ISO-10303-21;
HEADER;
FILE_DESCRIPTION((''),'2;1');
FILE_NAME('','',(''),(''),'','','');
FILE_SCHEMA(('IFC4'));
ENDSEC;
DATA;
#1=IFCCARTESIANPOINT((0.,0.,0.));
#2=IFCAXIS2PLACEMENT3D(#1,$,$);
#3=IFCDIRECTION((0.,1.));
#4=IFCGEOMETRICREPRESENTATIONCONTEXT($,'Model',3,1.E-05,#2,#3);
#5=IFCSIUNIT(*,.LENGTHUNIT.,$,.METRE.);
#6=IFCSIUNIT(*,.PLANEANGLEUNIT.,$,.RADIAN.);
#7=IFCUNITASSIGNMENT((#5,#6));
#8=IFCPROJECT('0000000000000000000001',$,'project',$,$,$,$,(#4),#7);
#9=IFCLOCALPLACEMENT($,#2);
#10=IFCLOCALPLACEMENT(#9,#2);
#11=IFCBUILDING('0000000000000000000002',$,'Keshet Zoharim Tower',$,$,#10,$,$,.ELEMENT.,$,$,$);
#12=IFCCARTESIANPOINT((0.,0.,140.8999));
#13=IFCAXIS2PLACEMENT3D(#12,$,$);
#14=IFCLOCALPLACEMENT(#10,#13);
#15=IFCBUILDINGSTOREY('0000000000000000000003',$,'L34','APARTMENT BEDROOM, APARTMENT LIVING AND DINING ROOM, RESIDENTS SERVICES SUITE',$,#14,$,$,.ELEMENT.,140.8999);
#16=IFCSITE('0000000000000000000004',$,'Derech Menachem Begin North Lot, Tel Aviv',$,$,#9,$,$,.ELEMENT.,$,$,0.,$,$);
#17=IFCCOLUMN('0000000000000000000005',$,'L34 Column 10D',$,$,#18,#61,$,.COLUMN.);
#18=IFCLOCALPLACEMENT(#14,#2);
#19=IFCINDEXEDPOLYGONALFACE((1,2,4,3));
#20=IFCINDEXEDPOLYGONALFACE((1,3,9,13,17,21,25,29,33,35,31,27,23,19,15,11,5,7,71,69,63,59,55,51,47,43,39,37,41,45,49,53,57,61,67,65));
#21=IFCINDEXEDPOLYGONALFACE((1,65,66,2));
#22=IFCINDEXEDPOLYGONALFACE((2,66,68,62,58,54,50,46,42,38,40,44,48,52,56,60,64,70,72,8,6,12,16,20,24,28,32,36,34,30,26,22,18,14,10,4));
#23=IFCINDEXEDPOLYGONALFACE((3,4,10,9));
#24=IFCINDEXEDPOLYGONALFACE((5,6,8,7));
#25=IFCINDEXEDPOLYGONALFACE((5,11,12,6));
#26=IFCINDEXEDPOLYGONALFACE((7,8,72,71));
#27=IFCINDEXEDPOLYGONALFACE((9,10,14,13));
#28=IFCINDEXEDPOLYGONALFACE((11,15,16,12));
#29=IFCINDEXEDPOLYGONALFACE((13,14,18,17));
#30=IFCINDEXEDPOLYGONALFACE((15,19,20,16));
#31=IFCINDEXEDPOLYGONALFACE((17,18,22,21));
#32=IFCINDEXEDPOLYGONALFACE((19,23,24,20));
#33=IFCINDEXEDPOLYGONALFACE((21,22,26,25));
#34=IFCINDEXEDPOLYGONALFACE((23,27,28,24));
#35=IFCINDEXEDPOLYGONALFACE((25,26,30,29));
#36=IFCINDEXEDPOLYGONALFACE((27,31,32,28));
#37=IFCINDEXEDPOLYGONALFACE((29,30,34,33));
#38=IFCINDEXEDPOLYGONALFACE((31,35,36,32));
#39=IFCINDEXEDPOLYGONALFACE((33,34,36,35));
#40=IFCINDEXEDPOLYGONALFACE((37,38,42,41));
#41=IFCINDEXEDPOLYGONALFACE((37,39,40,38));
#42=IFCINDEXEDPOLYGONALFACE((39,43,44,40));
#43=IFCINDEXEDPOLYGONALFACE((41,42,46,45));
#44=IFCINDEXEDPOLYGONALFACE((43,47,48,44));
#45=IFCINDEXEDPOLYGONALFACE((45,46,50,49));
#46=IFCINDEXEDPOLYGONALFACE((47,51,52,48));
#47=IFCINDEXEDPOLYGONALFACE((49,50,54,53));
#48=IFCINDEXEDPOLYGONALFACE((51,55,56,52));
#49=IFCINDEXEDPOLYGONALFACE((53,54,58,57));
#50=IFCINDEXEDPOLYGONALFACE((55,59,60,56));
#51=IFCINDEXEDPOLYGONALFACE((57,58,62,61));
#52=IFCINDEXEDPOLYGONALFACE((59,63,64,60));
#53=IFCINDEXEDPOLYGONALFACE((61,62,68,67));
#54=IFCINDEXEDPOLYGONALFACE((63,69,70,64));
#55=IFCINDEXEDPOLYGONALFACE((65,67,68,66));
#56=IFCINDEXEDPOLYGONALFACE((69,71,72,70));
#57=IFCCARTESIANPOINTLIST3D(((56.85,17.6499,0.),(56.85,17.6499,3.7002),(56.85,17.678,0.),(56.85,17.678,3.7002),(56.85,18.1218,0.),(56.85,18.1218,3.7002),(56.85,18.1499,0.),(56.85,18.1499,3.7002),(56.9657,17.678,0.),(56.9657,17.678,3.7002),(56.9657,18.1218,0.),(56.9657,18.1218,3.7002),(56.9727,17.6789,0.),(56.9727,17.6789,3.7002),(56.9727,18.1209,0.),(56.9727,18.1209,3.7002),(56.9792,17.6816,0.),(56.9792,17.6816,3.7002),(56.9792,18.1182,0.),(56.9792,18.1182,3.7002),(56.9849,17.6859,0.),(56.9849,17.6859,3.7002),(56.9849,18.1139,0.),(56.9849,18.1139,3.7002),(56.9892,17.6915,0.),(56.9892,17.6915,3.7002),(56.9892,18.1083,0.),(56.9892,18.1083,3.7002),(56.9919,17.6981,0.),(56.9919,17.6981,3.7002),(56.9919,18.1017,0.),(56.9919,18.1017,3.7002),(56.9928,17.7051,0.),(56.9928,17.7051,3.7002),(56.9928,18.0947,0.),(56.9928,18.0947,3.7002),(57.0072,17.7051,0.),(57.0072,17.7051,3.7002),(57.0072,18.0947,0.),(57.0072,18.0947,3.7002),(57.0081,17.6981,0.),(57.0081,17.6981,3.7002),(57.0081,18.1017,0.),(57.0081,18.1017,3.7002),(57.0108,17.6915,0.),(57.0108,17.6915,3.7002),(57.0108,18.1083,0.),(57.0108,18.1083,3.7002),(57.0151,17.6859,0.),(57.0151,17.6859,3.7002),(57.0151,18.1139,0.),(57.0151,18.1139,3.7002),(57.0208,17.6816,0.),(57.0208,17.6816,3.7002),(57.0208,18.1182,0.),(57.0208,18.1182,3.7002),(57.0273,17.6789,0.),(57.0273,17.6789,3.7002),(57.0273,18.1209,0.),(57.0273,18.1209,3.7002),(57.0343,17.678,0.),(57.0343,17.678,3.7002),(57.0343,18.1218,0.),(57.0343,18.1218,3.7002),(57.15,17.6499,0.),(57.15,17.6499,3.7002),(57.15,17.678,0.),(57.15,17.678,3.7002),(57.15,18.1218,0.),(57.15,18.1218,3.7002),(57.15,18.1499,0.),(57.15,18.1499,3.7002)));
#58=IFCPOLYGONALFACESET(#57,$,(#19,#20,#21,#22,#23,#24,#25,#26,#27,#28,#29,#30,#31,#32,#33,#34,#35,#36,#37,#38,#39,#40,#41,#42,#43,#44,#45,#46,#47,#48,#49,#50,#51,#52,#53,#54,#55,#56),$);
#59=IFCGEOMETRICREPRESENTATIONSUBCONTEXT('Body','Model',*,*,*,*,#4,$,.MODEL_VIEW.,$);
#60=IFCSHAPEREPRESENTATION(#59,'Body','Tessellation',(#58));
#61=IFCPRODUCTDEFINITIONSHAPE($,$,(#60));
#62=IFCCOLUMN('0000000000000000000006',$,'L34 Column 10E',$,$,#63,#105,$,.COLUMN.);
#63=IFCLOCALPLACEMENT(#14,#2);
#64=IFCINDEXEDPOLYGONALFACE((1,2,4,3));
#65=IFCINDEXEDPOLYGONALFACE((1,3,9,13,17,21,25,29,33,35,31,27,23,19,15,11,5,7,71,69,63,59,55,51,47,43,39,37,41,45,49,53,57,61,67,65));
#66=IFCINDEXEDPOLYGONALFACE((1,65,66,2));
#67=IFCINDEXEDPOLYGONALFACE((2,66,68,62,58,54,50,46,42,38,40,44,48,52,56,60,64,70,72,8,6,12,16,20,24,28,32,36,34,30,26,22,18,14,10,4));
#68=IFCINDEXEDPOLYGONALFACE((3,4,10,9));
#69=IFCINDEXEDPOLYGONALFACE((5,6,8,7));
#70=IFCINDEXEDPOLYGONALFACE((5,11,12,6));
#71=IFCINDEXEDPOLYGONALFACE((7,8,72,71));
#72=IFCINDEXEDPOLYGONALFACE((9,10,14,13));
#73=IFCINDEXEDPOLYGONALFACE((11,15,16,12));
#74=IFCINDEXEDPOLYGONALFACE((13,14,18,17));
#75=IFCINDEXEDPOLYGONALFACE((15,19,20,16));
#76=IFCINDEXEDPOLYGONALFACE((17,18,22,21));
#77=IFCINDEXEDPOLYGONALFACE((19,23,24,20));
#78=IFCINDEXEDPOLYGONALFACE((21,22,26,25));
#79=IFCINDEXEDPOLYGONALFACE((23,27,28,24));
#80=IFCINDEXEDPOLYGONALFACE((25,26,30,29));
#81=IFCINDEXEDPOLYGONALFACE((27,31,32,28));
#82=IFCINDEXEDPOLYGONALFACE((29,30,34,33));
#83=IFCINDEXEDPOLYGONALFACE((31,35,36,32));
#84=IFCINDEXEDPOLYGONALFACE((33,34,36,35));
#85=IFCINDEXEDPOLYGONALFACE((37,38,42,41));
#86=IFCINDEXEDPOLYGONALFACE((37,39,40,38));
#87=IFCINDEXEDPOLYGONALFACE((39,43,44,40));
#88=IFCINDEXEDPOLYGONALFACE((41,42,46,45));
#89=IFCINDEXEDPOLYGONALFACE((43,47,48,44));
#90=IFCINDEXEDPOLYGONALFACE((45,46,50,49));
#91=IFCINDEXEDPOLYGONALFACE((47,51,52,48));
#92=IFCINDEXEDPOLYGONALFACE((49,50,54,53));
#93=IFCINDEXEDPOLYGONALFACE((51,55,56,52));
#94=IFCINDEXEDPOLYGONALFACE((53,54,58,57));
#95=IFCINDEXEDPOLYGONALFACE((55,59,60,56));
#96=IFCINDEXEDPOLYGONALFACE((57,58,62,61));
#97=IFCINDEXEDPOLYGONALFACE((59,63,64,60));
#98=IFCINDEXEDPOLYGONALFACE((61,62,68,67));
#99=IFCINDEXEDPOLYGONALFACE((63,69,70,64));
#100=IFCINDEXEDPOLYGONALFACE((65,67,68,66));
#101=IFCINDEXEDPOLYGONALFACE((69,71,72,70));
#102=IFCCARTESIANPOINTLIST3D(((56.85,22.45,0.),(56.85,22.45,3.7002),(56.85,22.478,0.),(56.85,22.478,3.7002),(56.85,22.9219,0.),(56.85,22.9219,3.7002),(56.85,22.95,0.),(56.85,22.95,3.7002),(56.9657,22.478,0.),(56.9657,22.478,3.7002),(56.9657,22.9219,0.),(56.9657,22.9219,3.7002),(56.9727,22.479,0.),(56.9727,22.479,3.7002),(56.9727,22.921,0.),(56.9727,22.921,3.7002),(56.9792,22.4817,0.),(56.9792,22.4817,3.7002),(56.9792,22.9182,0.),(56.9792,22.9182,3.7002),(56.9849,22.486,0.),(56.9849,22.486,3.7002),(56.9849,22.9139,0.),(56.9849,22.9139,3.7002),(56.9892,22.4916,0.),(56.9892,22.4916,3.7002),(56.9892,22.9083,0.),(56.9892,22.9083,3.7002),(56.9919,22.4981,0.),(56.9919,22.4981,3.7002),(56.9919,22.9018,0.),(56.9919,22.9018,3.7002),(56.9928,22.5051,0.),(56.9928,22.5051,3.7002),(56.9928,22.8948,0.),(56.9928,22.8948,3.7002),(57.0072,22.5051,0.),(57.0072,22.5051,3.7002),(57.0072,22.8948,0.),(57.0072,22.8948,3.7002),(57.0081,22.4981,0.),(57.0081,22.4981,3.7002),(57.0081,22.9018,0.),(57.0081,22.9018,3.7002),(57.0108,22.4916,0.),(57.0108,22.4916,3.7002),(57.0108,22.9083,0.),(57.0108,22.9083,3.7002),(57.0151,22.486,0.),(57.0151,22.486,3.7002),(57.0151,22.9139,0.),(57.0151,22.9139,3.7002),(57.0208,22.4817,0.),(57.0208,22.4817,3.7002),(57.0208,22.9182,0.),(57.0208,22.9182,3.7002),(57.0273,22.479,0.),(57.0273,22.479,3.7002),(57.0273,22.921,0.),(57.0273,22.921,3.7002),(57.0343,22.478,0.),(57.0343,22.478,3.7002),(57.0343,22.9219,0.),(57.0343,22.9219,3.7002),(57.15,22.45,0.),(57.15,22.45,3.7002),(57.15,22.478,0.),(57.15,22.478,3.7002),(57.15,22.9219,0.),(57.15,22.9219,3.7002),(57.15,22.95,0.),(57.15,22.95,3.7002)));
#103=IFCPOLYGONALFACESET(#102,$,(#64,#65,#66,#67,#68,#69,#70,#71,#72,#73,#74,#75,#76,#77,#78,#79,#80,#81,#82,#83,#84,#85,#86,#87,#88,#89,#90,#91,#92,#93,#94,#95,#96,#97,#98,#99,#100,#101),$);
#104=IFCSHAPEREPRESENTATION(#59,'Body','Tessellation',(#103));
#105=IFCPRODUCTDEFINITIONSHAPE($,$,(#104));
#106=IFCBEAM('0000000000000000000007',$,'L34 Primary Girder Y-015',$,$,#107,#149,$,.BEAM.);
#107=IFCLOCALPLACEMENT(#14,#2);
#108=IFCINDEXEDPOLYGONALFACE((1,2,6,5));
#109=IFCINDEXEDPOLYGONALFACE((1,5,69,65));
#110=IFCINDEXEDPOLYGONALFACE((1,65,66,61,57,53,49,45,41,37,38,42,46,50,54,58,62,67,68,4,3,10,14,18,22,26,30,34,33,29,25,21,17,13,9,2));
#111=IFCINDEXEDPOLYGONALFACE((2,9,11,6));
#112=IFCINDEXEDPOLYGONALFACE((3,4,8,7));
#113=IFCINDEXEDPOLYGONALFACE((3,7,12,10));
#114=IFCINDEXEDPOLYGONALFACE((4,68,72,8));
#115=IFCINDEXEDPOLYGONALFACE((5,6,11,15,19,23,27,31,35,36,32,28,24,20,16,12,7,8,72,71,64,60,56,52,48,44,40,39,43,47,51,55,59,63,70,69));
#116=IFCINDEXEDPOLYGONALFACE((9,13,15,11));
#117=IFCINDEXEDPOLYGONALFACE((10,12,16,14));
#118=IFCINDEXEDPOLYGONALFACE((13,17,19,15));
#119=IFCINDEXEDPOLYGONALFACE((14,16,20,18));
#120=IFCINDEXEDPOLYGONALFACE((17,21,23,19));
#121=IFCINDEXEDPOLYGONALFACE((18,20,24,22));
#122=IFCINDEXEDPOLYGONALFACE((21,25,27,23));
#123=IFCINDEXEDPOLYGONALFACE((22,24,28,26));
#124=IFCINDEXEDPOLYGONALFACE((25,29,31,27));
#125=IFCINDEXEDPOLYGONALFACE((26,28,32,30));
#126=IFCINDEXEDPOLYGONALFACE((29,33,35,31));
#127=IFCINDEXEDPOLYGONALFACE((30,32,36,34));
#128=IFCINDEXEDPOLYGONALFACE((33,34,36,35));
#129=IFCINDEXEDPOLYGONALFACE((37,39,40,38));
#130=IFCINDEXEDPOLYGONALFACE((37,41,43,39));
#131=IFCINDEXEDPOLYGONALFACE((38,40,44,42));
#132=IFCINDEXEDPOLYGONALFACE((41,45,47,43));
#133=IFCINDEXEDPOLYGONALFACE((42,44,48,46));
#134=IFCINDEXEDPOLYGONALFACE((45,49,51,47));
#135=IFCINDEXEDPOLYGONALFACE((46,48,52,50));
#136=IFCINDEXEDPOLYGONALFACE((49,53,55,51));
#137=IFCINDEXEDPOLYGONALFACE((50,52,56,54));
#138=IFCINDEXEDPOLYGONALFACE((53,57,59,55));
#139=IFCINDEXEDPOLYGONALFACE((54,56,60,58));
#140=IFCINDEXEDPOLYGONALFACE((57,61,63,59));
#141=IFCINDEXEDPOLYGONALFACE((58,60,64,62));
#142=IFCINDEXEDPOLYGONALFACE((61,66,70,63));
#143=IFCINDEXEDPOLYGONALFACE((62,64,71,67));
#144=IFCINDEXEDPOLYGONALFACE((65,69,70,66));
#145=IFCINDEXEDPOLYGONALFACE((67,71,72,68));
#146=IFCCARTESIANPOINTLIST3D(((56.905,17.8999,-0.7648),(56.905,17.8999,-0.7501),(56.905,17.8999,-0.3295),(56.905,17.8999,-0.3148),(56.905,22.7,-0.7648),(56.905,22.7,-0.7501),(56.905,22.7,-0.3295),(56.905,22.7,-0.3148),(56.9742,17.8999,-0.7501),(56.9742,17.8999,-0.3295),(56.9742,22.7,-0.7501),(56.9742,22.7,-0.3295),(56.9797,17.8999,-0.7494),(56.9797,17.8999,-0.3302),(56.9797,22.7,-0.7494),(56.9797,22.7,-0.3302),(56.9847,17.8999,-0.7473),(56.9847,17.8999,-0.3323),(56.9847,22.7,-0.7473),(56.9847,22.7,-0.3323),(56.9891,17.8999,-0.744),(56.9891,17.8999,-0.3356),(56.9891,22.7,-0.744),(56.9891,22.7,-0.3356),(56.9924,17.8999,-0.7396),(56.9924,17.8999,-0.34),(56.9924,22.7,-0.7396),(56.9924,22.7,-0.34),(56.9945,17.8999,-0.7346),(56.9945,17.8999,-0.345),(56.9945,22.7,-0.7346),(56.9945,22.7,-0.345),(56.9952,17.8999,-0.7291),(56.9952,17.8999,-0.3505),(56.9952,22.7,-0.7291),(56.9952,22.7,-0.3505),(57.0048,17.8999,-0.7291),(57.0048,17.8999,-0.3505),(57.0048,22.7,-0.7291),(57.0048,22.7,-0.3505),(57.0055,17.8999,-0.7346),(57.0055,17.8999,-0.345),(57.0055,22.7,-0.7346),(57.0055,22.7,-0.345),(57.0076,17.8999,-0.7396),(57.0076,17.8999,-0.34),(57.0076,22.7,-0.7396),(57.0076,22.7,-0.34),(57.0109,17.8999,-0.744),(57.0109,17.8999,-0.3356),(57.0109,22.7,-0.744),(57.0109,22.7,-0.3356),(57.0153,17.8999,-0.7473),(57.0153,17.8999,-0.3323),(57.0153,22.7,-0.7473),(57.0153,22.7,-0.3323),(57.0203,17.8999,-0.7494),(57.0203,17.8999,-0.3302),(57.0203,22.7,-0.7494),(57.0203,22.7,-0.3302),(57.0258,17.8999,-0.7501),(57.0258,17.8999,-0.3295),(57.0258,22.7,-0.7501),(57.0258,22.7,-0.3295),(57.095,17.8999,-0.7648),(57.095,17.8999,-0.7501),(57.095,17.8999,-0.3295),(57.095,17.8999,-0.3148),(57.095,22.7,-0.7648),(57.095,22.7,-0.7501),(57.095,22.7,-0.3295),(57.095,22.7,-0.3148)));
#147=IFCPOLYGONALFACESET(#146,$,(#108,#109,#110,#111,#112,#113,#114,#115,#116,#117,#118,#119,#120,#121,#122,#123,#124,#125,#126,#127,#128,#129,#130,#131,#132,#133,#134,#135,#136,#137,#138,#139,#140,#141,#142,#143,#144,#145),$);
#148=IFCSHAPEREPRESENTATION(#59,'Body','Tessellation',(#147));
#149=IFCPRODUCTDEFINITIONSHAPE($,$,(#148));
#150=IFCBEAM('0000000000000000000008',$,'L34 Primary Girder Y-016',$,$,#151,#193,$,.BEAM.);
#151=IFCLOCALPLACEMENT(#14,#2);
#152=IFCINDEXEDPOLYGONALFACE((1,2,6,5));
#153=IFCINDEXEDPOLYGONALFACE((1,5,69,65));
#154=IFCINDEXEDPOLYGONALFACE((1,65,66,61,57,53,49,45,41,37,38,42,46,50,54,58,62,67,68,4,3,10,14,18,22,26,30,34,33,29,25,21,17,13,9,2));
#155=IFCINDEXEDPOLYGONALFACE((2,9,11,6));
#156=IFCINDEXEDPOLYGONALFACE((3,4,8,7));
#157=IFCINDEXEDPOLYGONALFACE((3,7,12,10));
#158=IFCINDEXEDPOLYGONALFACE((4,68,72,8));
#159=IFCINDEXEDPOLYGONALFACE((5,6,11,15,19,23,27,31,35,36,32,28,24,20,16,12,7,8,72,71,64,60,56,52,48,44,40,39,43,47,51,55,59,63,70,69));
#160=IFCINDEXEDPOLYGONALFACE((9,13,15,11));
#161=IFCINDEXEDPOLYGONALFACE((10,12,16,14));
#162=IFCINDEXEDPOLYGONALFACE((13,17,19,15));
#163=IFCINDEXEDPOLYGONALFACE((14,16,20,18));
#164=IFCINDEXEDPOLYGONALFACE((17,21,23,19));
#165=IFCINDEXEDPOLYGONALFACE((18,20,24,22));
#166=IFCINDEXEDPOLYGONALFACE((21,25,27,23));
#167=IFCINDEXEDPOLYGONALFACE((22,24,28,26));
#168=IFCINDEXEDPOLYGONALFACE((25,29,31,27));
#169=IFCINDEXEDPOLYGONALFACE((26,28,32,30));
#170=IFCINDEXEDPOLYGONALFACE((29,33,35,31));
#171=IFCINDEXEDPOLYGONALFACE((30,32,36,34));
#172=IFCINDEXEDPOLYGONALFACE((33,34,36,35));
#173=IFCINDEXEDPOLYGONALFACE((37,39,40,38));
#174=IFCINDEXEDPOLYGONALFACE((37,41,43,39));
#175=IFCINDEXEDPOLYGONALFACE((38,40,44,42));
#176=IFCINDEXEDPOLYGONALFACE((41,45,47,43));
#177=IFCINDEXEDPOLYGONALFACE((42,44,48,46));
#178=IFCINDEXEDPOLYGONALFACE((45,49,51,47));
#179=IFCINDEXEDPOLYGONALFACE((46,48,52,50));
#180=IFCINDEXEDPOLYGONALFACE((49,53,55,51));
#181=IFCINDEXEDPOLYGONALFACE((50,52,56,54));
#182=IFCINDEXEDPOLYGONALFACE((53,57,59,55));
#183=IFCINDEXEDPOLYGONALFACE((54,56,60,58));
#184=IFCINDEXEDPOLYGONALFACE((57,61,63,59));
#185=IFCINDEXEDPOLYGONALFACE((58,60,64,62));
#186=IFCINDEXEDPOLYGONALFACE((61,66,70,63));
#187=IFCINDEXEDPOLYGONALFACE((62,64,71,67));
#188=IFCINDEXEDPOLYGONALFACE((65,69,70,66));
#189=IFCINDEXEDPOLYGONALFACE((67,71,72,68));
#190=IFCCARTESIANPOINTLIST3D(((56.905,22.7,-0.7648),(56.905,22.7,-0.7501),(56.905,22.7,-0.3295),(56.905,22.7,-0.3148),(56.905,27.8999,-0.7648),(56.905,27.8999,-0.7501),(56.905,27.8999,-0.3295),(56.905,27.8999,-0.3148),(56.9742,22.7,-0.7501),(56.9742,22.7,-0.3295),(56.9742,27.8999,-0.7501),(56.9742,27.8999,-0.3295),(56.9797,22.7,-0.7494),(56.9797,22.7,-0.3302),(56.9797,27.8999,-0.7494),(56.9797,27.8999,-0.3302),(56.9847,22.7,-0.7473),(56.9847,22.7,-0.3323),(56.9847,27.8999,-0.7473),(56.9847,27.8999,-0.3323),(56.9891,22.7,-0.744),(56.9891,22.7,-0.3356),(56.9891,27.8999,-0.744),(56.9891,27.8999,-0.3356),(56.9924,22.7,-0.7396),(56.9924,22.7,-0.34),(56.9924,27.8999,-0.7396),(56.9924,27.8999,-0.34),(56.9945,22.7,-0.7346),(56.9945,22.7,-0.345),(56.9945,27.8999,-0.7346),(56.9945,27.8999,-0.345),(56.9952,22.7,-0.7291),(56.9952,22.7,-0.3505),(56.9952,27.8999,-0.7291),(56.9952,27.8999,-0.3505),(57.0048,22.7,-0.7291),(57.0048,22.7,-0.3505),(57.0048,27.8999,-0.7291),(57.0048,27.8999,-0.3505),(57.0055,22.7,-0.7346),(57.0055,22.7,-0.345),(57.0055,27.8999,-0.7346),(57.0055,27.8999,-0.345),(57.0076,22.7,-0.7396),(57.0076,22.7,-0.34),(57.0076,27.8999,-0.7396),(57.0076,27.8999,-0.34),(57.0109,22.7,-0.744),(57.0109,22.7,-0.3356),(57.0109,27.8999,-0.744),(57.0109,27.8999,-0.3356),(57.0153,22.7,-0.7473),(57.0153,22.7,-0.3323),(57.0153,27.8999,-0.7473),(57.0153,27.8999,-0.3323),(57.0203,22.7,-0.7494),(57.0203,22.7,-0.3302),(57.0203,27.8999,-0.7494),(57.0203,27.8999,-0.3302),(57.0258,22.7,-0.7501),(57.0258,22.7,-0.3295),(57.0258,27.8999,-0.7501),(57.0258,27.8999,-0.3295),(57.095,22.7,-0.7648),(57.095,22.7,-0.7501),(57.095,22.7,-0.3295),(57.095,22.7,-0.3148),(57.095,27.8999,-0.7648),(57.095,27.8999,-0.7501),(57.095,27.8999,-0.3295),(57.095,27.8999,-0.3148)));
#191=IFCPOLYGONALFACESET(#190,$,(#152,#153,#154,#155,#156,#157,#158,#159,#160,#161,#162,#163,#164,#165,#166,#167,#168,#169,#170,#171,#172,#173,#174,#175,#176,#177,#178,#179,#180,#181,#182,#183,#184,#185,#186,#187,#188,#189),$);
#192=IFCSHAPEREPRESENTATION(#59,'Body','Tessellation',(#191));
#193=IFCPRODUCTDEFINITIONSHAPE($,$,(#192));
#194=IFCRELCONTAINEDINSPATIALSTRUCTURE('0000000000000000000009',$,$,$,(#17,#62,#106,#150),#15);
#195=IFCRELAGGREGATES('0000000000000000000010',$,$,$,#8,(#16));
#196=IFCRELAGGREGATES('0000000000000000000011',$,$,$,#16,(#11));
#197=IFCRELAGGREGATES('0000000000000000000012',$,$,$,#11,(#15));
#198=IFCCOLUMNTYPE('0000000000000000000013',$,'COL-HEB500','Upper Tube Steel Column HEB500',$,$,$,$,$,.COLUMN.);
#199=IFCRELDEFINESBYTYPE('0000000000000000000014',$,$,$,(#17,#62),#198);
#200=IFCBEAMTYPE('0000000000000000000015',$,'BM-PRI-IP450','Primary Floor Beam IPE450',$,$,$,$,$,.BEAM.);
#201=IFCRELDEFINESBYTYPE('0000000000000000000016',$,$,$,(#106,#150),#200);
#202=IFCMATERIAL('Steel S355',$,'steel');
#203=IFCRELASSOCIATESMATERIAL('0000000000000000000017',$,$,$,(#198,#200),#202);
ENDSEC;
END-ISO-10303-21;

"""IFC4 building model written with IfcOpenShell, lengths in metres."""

from ifc_helpers import new_model, si_unit, direction, frame, origin, origin_2d, place, context, subcontext, project, spatial, i_section, extrude, material, material_profile, profile_set, type_object, element, save


model = new_model("IFC4")

# Units and contexts
model_context = context("Model", 3, precision=1e-05, world=origin(), true_north=direction((0.0, 1.0)))
body_context = subcontext(model_context, "Body", "Model", "MODEL_VIEW")
ifc_project = project(units=[si_unit("LENGTHUNIT", "METRE"), si_unit("PLANEANGLEUNIT", "RADIAN")], contexts=[model_context])

# Site, building, storey
site_placement = place(None, origin())
site = spatial("IfcSite", under=ifc_project, at=site_placement, Name="Derech Menachem Begin North Lot, Tel Aviv", CompositionType="ELEMENT", RefElevation=0.0)
building_placement = place(site_placement, origin())
building = spatial("IfcBuilding", under=site, at=building_placement, Name="Keshet Zoharim Tower", CompositionType="ELEMENT")
storey_placement = place(building_placement, frame((0.0, 0.0, 140.8999)))
storey = spatial("IfcBuildingStorey", under=building, at=storey_placement, Name="L34", Description="APARTMENT BEDROOM, APARTMENT LIVING AND DINING ROOM, RESIDENTS SERVICES SUITE", CompositionType="ELEMENT", Elevation=140.8999)

# Columns
ifc_material_1 = material(Name="Steel S355", Category="steel")
ifc_material_profile_1 = material_profile(ifc_material_1, i_section(OverallWidth=0.3, OverallDepth=0.5, WebThickness=0.0144, FlangeThickness=0.0281, FilletRadius=0.0271, at=origin_2d()), Name="HEB500")
ifc_profile_set_1 = profile_set([ifc_material_profile_1], Name="Steel S355")
column_type = type_object("IfcColumnType", Name="COL-HEB500", Description="Upper Tube Steel Column HEB500", PredefinedType="COLUMN", material=ifc_profile_set_1)
for number, where, z_axis, x_axis, name in (
    (1, (57.0, 17.8999, 0.0), (0.0, 0.0, 1.0), (1.0, 0.0, 0.0), "L34 Column 10D"),
    (2, (57.0, 22.7, 0.0), (0.0, 0.0, 1.0), (1.0, 0.0, 0.0), "L34 Column 10E"),
):
    element("IfcColumn", number, at=place(storey_placement, frame(where, z_axis=z_axis, x_axis=x_axis)), inside=storey, type_object=column_type, Name=name, PredefinedType="COLUMN", context=body_context, shape_type="SweptSolid", body=[
        extrude(i_section(OverallWidth=0.3, OverallDepth=0.5, WebThickness=0.0144, FlangeThickness=0.0281, FilletRadius=0.0271, at=origin_2d()), origin(), (0.0, 0.0, 1.0), 3.7002),
    ])

# Beams
ifc_material_profile_2 = material_profile(ifc_material_1, i_section(OverallWidth=0.1899, OverallDepth=0.45, WebThickness=0.0095, FlangeThickness=0.0146, FilletRadius=0.021, at=origin_2d()), Name="IPE450")
ifc_profile_set_2 = profile_set([ifc_material_profile_2], Name="Steel S355")
beam_type = type_object("IfcBeamType", Name="BM-PRI-IP450", Description="Primary Floor Beam IPE450", PredefinedType="BEAM", material=ifc_profile_set_2)
beam_1_placement = place(storey_placement, frame((57.0, 17.8999, -0.5398), z_axis=(0.0, 1.0, 0.0), x_axis=(-1.0, 0.0, 0.0)))
element("IfcBeam", 3, at=beam_1_placement, inside=storey, type_object=beam_type, Name="L34 Primary Girder Y-015", PredefinedType="BEAM", context=body_context, shape_type="SweptSolid", body=[
    extrude(i_section(OverallWidth=0.1899, OverallDepth=0.45, WebThickness=0.0095, FlangeThickness=0.0146, FilletRadius=0.021, at=origin_2d()), origin(), (0.0, 0.0, 1.0), 4.8),
])
beam_2_placement = place(storey_placement, frame((57.0, 22.7, -0.5398), z_axis=(0.0, 1.0, 0.0), x_axis=(-1.0, 0.0, 0.0)))
element("IfcBeam", 4, at=beam_2_placement, inside=storey, type_object=beam_type, Name="L34 Primary Girder Y-016", PredefinedType="BEAM", context=body_context, shape_type="SweptSolid", body=[
    extrude(i_section(OverallWidth=0.1899, OverallDepth=0.45, WebThickness=0.0095, FlangeThickness=0.0146, FilletRadius=0.021, at=origin_2d()), origin(), (0.0, 0.0, 1.0), 5.2),
])

save(model, "model.ifc")
